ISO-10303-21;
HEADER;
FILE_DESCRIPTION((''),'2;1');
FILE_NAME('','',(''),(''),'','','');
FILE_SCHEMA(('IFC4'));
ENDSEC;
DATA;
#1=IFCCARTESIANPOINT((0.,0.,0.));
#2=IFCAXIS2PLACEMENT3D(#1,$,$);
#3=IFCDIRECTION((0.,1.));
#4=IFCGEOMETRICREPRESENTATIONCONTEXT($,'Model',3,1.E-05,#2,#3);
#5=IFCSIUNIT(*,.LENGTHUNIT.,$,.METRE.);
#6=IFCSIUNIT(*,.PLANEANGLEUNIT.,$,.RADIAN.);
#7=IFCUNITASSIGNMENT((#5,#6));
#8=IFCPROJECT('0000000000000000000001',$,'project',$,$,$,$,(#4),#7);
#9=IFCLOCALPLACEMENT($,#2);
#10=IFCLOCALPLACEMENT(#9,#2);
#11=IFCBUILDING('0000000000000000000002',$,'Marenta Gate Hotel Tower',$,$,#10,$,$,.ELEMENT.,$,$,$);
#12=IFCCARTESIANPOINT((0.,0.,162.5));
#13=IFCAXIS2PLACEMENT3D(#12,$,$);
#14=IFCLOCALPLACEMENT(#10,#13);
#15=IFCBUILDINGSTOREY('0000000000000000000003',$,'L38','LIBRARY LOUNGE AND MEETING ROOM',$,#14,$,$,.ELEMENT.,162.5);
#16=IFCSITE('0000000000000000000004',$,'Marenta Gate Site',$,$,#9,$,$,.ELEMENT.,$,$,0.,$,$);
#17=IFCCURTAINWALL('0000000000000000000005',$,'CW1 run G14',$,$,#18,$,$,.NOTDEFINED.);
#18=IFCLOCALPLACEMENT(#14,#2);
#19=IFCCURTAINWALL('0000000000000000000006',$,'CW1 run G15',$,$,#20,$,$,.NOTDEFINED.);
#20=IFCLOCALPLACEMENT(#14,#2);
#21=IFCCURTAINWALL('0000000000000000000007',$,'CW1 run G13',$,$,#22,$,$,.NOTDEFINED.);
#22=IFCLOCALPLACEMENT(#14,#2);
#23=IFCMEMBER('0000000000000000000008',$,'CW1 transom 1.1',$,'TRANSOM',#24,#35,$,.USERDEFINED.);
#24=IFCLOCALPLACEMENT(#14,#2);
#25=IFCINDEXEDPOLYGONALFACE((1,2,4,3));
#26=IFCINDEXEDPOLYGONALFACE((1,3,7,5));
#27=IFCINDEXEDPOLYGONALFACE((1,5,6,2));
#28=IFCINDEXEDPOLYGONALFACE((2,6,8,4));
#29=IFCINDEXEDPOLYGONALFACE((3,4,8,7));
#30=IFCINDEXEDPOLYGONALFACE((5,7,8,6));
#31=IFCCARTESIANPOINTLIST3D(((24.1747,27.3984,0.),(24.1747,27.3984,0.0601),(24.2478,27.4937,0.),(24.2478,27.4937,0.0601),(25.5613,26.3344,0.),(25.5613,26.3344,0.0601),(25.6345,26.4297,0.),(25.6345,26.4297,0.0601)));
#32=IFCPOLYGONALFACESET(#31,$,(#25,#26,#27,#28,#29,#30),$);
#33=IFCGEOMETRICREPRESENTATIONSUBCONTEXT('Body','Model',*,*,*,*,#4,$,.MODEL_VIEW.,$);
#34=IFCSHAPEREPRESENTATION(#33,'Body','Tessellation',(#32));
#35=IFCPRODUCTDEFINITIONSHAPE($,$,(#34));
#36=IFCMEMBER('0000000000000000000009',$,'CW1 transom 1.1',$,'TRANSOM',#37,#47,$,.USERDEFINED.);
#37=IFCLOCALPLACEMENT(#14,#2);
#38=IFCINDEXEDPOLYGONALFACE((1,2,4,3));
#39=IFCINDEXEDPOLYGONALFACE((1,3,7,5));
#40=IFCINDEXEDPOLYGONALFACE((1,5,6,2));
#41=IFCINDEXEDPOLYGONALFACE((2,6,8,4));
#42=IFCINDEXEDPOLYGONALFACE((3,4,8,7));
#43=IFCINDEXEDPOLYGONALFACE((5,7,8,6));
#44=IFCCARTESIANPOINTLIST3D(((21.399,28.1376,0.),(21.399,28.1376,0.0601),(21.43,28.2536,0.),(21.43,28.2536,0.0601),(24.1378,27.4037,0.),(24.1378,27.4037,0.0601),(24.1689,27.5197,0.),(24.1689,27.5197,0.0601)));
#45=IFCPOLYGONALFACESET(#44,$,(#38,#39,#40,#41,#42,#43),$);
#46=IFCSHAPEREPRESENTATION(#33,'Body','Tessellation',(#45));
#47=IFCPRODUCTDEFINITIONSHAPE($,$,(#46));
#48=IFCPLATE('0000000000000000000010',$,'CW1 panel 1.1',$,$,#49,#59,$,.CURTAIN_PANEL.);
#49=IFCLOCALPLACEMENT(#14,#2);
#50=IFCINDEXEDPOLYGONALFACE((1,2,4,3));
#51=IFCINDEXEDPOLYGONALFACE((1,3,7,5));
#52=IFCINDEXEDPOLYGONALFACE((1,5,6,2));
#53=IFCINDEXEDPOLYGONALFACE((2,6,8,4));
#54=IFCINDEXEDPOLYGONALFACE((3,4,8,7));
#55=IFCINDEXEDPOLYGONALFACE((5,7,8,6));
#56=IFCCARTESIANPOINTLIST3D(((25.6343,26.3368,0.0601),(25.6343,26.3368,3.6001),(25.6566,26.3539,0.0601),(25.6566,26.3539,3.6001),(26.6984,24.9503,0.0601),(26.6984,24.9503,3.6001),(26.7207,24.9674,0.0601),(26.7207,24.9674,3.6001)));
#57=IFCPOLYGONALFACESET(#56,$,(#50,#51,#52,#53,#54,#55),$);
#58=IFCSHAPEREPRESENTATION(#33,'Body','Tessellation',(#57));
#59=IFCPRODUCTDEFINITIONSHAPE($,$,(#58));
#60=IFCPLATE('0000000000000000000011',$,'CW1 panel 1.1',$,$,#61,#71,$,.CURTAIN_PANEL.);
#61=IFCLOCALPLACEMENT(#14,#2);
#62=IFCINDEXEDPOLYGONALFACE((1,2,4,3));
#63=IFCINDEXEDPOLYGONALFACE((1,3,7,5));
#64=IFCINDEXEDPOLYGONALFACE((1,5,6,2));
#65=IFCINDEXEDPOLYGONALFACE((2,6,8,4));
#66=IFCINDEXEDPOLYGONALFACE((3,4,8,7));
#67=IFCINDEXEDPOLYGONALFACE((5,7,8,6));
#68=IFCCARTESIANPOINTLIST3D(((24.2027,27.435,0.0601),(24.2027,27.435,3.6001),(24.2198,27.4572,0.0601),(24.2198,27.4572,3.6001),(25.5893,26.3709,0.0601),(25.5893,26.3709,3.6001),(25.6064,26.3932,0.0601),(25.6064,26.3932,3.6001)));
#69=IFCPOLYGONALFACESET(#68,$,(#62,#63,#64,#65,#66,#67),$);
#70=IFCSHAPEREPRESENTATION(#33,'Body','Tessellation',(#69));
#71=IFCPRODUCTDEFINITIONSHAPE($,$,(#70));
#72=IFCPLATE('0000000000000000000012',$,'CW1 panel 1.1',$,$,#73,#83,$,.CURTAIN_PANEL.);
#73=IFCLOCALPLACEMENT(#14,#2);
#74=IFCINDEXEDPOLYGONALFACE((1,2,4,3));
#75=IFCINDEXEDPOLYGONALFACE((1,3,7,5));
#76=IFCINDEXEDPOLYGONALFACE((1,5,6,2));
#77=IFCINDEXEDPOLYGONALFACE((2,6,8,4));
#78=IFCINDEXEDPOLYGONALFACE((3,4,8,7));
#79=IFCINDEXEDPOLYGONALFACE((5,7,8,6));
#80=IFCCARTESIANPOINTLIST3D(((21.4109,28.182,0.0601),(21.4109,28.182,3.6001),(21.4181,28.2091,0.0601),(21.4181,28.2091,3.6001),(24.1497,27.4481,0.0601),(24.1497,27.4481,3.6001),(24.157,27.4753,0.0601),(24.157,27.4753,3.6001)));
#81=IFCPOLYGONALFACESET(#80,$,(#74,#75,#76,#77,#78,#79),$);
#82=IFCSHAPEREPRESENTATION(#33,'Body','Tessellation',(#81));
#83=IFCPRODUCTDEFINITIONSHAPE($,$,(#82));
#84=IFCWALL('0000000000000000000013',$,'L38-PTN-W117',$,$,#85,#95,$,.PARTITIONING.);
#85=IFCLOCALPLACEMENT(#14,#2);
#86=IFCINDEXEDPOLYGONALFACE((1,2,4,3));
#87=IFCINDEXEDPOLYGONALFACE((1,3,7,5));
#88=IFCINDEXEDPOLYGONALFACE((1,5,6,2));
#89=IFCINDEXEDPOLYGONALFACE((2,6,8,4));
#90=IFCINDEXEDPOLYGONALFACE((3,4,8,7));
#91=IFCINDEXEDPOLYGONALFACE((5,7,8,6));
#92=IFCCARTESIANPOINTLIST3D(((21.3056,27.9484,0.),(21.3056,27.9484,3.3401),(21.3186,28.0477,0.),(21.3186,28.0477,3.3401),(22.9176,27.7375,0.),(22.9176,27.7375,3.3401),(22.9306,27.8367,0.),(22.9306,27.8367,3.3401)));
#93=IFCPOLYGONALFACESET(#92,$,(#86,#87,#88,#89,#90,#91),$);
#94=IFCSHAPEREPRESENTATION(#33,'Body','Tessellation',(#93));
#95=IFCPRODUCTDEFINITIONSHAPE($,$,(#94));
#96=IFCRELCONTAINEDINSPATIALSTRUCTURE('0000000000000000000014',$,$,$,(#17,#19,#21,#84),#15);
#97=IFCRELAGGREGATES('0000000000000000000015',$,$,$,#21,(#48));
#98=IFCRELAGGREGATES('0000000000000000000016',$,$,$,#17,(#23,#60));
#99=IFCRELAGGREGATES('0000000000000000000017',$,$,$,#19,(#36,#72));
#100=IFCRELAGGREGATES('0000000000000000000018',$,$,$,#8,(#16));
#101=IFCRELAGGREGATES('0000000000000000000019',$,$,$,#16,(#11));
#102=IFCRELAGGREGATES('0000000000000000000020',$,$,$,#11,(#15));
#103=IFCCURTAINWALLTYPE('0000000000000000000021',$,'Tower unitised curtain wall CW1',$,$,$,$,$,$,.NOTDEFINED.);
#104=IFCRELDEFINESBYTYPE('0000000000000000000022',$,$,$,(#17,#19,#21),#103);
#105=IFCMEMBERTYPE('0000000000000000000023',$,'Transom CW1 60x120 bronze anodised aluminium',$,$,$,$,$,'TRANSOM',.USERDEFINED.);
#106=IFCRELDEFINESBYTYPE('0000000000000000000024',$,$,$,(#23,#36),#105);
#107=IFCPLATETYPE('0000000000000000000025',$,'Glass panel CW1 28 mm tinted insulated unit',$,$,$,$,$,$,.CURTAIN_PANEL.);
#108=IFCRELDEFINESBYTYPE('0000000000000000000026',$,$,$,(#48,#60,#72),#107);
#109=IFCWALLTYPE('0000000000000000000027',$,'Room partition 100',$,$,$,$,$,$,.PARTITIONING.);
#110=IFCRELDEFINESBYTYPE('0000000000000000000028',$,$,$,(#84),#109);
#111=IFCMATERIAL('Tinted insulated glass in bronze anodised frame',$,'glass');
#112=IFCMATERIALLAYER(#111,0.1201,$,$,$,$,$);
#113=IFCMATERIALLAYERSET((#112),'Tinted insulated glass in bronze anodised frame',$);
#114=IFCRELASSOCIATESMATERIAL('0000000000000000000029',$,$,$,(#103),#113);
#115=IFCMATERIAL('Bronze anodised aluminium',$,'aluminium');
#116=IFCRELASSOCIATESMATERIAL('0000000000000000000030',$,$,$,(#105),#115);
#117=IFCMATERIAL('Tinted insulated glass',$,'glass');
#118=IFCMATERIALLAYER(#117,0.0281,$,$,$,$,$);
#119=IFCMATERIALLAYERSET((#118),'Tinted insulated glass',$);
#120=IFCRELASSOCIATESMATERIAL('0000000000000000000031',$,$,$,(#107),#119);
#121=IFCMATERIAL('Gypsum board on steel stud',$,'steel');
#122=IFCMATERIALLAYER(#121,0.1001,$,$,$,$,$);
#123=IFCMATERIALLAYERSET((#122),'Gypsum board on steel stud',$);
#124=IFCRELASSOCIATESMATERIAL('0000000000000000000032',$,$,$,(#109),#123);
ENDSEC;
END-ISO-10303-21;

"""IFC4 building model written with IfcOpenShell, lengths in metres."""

from ifc_helpers import new_model, si_unit, direction, frame, frame_2d, origin, origin_2d, place, context, subcontext, project, spatial, rectangle, extrude, material, layer, layer_set, material_profile, profile_set, type_object, element, aggregate, save


model = new_model("IFC4")

# Units and contexts
model_context = context("Model", 3, precision=1e-05, world=origin(), true_north=direction((0.0, 1.0)))
body_context = subcontext(model_context, "Body", "Model", "MODEL_VIEW")
ifc_project = project(units=[si_unit("LENGTHUNIT", "METRE"), si_unit("PLANEANGLEUNIT", "RADIAN")], contexts=[model_context])

# Site, building, storey
site_placement = place(None, origin())
site = spatial("IfcSite", under=ifc_project, at=site_placement, Name="Marenta Gate Site", CompositionType="ELEMENT", RefElevation=0.0)
building_placement = place(site_placement, origin())
building = spatial("IfcBuilding", under=site, at=building_placement, Name="Marenta Gate Hotel Tower", CompositionType="ELEMENT")
storey_placement = place(building_placement, frame((0.0, 0.0, 162.5)))
storey = spatial("IfcBuildingStorey", under=building, at=storey_placement, Name="L38", Description="LIBRARY LOUNGE AND MEETING ROOM", CompositionType="ELEMENT", Elevation=162.5)

# Curtain wall
ifc_material_1 = material(Name="Tinted insulated glass in bronze anodised frame", Category="glass")
ifc_layer_1 = layer(ifc_material_1, 0.1201)
ifc_layer_set_1 = layer_set([ifc_layer_1], Name="Tinted insulated glass in bronze anodised frame")
curtain_wall_type = type_object("IfcCurtainWallType", Name="Tower unitised curtain wall CW1", PredefinedType="NOTDEFINED", material=ifc_layer_set_1)
curtain_wall_1_placement = place(storey_placement, origin())
curtain_wall_1 = element("IfcCurtainWall", 1, at=curtain_wall_1_placement, inside=storey, type_object=curtain_wall_type, Name="CW1 run G14", PredefinedType="NOTDEFINED")

# Curtain wall
curtain_wall_2_placement = place(storey_placement, origin())
curtain_wall_2 = element("IfcCurtainWall", 2, at=curtain_wall_2_placement, inside=storey, type_object=curtain_wall_type, Name="CW1 run G15", PredefinedType="NOTDEFINED")

# Curtain wall
curtain_wall_3_placement = place(storey_placement, origin())
curtain_wall_3 = element("IfcCurtainWall", 3, at=curtain_wall_3_placement, inside=storey, type_object=curtain_wall_type, Name="CW1 run G13", PredefinedType="NOTDEFINED")
ifc_material_2 = material(Name="Bronze anodised aluminium", Category="aluminium")
ifc_material_profile_1 = material_profile(ifc_material_2, rectangle(XDim=0.1201, YDim=0.0601, at=origin_2d()), Name="Transom CW1 60x120 bronze anodised aluminium")
ifc_profile_set_1 = profile_set([ifc_material_profile_1], Name="Bronze anodised aluminium")
member_type_1 = type_object("IfcMemberType", Name="Transom CW1 60x120 bronze anodised aluminium", ElementType="TRANSOM", PredefinedType="USERDEFINED", material=ifc_profile_set_1)

# Members
member_1_placement = place(storey_placement, frame((25.5979, 26.3821, 0.03), z_axis=(-0.793381, 0.608725, 0.0), x_axis=(-0.608725, -0.793381, 0.0)))
member_1 = element("IfcMember", 4, at=member_1_placement, type_object=member_type_1, Name="CW1 transom 1.1", ObjectType="TRANSOM", PredefinedType="USERDEFINED", context=body_context, shape_type="SweptSolid", body=[
    extrude(rectangle(XDim=0.1201, YDim=0.0601, at=origin_2d()), origin(), (0.0, 0.0, 1.0), 1.7478),
])
member_2_placement = place(storey_placement, frame((24.1533, 27.4617, 0.03), z_axis=(-0.965923, 0.258831, 0.0), x_axis=(-0.258831, -0.965923, 0.0)))
member_2 = element("IfcMember", 5, at=member_2_placement, type_object=member_type_1, Name="CW1 transom 1.1", ObjectType="TRANSOM", PredefinedType="USERDEFINED", context=body_context, shape_type="SweptSolid", body=[
    extrude(rectangle(XDim=0.1201, YDim=0.0601, at=origin_2d()), origin(), (0.0, 0.0, 1.0), 2.8354),
])

# Plates
ifc_material_3 = material(Name="Tinted insulated glass", Category="glass")
ifc_layer_2 = layer(ifc_material_3, 0.0281)
ifc_layer_set_2 = layer_set([ifc_layer_2], Name="Tinted insulated glass")
plate_type = type_object("IfcPlateType", Name="Glass panel CW1 28 mm tinted insulated unit", PredefinedType="CURTAIN_PANEL", material=ifc_layer_set_2)
plate_1_placement = place(storey_placement, frame((26.1775, 25.6521, 0.0601), z_axis=(0.0, 0.0, 1.0), x_axis=(-0.608796, 0.793327, 0.0)))
plate_1 = element("IfcPlate", 6, at=plate_1_placement, type_object=plate_type, Name="CW1 panel 1.1", PredefinedType="CURTAIN_PANEL", context=body_context, shape_type="SweptSolid", body=[
    extrude(rectangle(XDim=1.7478, YDim=0.0281, at=origin_2d()), origin(), (0.0, 0.0, 1.0), 3.54),
])
aggregate(curtain_wall_3, [plate_1])
plate_2_placement = place(storey_placement, frame((24.9045, 26.9141, 0.0601), z_axis=(0.0, 0.0, 1.0), x_axis=(-0.793327, 0.608796, 0.0)))
plate_2 = element("IfcPlate", 7, at=plate_2_placement, type_object=plate_type, Name="CW1 panel 1.1", PredefinedType="CURTAIN_PANEL", context=body_context, shape_type="SweptSolid", body=[
    extrude(rectangle(XDim=1.7478, YDim=0.0281, at=origin_2d()), origin(), (0.0, 0.0, 1.0), 3.54),
])
aggregate(curtain_wall_1, [member_1, plate_2])
plate_3_placement = place(storey_placement, frame((22.7839, 27.8286, 0.0601), z_axis=(0.0, 0.0, 1.0), x_axis=(-0.965929, 0.258806, 0.0)))
plate_3 = element("IfcPlate", 8, at=plate_3_placement, type_object=plate_type, Name="CW1 panel 1.1", PredefinedType="CURTAIN_PANEL", context=body_context, shape_type="SweptSolid", body=[
    extrude(rectangle(XDim=2.8354, YDim=0.0281, at=origin_2d()), origin(), (0.0, 0.0, 1.0), 3.54),
])
aggregate(curtain_wall_2, [member_2, plate_3])

# Wall
ifc_material_4 = material(Name="Gypsum board on steel stud", Category="steel")
ifc_layer_3 = layer(ifc_material_4, 0.1001)
ifc_layer_set_3 = layer_set([ifc_layer_3], Name="Gypsum board on steel stud")
wall_type_1 = type_object("IfcWallType", Name="Room partition 100", PredefinedType="PARTITIONING", material=ifc_layer_set_3)
wall_1_placement = place(storey_placement, frame((21.312, 27.998, 0.0), z_axis=(0.0, 0.0, 1.0), x_axis=(0.991548, -0.129744, 0.0)))
element("IfcWall", 9, at=wall_1_placement, inside=storey, type_object=wall_type_1, Name="L38-PTN-W117", PredefinedType="PARTITIONING", context=body_context, shape_type="SweptSolid", body=[
    extrude(rectangle(XDim=1.6257, YDim=0.1001, at=frame_2d((0.813, 0.0))), origin(), (0.0, 0.0, 1.0), 3.3401),
])

save(model, "model.ifc")
